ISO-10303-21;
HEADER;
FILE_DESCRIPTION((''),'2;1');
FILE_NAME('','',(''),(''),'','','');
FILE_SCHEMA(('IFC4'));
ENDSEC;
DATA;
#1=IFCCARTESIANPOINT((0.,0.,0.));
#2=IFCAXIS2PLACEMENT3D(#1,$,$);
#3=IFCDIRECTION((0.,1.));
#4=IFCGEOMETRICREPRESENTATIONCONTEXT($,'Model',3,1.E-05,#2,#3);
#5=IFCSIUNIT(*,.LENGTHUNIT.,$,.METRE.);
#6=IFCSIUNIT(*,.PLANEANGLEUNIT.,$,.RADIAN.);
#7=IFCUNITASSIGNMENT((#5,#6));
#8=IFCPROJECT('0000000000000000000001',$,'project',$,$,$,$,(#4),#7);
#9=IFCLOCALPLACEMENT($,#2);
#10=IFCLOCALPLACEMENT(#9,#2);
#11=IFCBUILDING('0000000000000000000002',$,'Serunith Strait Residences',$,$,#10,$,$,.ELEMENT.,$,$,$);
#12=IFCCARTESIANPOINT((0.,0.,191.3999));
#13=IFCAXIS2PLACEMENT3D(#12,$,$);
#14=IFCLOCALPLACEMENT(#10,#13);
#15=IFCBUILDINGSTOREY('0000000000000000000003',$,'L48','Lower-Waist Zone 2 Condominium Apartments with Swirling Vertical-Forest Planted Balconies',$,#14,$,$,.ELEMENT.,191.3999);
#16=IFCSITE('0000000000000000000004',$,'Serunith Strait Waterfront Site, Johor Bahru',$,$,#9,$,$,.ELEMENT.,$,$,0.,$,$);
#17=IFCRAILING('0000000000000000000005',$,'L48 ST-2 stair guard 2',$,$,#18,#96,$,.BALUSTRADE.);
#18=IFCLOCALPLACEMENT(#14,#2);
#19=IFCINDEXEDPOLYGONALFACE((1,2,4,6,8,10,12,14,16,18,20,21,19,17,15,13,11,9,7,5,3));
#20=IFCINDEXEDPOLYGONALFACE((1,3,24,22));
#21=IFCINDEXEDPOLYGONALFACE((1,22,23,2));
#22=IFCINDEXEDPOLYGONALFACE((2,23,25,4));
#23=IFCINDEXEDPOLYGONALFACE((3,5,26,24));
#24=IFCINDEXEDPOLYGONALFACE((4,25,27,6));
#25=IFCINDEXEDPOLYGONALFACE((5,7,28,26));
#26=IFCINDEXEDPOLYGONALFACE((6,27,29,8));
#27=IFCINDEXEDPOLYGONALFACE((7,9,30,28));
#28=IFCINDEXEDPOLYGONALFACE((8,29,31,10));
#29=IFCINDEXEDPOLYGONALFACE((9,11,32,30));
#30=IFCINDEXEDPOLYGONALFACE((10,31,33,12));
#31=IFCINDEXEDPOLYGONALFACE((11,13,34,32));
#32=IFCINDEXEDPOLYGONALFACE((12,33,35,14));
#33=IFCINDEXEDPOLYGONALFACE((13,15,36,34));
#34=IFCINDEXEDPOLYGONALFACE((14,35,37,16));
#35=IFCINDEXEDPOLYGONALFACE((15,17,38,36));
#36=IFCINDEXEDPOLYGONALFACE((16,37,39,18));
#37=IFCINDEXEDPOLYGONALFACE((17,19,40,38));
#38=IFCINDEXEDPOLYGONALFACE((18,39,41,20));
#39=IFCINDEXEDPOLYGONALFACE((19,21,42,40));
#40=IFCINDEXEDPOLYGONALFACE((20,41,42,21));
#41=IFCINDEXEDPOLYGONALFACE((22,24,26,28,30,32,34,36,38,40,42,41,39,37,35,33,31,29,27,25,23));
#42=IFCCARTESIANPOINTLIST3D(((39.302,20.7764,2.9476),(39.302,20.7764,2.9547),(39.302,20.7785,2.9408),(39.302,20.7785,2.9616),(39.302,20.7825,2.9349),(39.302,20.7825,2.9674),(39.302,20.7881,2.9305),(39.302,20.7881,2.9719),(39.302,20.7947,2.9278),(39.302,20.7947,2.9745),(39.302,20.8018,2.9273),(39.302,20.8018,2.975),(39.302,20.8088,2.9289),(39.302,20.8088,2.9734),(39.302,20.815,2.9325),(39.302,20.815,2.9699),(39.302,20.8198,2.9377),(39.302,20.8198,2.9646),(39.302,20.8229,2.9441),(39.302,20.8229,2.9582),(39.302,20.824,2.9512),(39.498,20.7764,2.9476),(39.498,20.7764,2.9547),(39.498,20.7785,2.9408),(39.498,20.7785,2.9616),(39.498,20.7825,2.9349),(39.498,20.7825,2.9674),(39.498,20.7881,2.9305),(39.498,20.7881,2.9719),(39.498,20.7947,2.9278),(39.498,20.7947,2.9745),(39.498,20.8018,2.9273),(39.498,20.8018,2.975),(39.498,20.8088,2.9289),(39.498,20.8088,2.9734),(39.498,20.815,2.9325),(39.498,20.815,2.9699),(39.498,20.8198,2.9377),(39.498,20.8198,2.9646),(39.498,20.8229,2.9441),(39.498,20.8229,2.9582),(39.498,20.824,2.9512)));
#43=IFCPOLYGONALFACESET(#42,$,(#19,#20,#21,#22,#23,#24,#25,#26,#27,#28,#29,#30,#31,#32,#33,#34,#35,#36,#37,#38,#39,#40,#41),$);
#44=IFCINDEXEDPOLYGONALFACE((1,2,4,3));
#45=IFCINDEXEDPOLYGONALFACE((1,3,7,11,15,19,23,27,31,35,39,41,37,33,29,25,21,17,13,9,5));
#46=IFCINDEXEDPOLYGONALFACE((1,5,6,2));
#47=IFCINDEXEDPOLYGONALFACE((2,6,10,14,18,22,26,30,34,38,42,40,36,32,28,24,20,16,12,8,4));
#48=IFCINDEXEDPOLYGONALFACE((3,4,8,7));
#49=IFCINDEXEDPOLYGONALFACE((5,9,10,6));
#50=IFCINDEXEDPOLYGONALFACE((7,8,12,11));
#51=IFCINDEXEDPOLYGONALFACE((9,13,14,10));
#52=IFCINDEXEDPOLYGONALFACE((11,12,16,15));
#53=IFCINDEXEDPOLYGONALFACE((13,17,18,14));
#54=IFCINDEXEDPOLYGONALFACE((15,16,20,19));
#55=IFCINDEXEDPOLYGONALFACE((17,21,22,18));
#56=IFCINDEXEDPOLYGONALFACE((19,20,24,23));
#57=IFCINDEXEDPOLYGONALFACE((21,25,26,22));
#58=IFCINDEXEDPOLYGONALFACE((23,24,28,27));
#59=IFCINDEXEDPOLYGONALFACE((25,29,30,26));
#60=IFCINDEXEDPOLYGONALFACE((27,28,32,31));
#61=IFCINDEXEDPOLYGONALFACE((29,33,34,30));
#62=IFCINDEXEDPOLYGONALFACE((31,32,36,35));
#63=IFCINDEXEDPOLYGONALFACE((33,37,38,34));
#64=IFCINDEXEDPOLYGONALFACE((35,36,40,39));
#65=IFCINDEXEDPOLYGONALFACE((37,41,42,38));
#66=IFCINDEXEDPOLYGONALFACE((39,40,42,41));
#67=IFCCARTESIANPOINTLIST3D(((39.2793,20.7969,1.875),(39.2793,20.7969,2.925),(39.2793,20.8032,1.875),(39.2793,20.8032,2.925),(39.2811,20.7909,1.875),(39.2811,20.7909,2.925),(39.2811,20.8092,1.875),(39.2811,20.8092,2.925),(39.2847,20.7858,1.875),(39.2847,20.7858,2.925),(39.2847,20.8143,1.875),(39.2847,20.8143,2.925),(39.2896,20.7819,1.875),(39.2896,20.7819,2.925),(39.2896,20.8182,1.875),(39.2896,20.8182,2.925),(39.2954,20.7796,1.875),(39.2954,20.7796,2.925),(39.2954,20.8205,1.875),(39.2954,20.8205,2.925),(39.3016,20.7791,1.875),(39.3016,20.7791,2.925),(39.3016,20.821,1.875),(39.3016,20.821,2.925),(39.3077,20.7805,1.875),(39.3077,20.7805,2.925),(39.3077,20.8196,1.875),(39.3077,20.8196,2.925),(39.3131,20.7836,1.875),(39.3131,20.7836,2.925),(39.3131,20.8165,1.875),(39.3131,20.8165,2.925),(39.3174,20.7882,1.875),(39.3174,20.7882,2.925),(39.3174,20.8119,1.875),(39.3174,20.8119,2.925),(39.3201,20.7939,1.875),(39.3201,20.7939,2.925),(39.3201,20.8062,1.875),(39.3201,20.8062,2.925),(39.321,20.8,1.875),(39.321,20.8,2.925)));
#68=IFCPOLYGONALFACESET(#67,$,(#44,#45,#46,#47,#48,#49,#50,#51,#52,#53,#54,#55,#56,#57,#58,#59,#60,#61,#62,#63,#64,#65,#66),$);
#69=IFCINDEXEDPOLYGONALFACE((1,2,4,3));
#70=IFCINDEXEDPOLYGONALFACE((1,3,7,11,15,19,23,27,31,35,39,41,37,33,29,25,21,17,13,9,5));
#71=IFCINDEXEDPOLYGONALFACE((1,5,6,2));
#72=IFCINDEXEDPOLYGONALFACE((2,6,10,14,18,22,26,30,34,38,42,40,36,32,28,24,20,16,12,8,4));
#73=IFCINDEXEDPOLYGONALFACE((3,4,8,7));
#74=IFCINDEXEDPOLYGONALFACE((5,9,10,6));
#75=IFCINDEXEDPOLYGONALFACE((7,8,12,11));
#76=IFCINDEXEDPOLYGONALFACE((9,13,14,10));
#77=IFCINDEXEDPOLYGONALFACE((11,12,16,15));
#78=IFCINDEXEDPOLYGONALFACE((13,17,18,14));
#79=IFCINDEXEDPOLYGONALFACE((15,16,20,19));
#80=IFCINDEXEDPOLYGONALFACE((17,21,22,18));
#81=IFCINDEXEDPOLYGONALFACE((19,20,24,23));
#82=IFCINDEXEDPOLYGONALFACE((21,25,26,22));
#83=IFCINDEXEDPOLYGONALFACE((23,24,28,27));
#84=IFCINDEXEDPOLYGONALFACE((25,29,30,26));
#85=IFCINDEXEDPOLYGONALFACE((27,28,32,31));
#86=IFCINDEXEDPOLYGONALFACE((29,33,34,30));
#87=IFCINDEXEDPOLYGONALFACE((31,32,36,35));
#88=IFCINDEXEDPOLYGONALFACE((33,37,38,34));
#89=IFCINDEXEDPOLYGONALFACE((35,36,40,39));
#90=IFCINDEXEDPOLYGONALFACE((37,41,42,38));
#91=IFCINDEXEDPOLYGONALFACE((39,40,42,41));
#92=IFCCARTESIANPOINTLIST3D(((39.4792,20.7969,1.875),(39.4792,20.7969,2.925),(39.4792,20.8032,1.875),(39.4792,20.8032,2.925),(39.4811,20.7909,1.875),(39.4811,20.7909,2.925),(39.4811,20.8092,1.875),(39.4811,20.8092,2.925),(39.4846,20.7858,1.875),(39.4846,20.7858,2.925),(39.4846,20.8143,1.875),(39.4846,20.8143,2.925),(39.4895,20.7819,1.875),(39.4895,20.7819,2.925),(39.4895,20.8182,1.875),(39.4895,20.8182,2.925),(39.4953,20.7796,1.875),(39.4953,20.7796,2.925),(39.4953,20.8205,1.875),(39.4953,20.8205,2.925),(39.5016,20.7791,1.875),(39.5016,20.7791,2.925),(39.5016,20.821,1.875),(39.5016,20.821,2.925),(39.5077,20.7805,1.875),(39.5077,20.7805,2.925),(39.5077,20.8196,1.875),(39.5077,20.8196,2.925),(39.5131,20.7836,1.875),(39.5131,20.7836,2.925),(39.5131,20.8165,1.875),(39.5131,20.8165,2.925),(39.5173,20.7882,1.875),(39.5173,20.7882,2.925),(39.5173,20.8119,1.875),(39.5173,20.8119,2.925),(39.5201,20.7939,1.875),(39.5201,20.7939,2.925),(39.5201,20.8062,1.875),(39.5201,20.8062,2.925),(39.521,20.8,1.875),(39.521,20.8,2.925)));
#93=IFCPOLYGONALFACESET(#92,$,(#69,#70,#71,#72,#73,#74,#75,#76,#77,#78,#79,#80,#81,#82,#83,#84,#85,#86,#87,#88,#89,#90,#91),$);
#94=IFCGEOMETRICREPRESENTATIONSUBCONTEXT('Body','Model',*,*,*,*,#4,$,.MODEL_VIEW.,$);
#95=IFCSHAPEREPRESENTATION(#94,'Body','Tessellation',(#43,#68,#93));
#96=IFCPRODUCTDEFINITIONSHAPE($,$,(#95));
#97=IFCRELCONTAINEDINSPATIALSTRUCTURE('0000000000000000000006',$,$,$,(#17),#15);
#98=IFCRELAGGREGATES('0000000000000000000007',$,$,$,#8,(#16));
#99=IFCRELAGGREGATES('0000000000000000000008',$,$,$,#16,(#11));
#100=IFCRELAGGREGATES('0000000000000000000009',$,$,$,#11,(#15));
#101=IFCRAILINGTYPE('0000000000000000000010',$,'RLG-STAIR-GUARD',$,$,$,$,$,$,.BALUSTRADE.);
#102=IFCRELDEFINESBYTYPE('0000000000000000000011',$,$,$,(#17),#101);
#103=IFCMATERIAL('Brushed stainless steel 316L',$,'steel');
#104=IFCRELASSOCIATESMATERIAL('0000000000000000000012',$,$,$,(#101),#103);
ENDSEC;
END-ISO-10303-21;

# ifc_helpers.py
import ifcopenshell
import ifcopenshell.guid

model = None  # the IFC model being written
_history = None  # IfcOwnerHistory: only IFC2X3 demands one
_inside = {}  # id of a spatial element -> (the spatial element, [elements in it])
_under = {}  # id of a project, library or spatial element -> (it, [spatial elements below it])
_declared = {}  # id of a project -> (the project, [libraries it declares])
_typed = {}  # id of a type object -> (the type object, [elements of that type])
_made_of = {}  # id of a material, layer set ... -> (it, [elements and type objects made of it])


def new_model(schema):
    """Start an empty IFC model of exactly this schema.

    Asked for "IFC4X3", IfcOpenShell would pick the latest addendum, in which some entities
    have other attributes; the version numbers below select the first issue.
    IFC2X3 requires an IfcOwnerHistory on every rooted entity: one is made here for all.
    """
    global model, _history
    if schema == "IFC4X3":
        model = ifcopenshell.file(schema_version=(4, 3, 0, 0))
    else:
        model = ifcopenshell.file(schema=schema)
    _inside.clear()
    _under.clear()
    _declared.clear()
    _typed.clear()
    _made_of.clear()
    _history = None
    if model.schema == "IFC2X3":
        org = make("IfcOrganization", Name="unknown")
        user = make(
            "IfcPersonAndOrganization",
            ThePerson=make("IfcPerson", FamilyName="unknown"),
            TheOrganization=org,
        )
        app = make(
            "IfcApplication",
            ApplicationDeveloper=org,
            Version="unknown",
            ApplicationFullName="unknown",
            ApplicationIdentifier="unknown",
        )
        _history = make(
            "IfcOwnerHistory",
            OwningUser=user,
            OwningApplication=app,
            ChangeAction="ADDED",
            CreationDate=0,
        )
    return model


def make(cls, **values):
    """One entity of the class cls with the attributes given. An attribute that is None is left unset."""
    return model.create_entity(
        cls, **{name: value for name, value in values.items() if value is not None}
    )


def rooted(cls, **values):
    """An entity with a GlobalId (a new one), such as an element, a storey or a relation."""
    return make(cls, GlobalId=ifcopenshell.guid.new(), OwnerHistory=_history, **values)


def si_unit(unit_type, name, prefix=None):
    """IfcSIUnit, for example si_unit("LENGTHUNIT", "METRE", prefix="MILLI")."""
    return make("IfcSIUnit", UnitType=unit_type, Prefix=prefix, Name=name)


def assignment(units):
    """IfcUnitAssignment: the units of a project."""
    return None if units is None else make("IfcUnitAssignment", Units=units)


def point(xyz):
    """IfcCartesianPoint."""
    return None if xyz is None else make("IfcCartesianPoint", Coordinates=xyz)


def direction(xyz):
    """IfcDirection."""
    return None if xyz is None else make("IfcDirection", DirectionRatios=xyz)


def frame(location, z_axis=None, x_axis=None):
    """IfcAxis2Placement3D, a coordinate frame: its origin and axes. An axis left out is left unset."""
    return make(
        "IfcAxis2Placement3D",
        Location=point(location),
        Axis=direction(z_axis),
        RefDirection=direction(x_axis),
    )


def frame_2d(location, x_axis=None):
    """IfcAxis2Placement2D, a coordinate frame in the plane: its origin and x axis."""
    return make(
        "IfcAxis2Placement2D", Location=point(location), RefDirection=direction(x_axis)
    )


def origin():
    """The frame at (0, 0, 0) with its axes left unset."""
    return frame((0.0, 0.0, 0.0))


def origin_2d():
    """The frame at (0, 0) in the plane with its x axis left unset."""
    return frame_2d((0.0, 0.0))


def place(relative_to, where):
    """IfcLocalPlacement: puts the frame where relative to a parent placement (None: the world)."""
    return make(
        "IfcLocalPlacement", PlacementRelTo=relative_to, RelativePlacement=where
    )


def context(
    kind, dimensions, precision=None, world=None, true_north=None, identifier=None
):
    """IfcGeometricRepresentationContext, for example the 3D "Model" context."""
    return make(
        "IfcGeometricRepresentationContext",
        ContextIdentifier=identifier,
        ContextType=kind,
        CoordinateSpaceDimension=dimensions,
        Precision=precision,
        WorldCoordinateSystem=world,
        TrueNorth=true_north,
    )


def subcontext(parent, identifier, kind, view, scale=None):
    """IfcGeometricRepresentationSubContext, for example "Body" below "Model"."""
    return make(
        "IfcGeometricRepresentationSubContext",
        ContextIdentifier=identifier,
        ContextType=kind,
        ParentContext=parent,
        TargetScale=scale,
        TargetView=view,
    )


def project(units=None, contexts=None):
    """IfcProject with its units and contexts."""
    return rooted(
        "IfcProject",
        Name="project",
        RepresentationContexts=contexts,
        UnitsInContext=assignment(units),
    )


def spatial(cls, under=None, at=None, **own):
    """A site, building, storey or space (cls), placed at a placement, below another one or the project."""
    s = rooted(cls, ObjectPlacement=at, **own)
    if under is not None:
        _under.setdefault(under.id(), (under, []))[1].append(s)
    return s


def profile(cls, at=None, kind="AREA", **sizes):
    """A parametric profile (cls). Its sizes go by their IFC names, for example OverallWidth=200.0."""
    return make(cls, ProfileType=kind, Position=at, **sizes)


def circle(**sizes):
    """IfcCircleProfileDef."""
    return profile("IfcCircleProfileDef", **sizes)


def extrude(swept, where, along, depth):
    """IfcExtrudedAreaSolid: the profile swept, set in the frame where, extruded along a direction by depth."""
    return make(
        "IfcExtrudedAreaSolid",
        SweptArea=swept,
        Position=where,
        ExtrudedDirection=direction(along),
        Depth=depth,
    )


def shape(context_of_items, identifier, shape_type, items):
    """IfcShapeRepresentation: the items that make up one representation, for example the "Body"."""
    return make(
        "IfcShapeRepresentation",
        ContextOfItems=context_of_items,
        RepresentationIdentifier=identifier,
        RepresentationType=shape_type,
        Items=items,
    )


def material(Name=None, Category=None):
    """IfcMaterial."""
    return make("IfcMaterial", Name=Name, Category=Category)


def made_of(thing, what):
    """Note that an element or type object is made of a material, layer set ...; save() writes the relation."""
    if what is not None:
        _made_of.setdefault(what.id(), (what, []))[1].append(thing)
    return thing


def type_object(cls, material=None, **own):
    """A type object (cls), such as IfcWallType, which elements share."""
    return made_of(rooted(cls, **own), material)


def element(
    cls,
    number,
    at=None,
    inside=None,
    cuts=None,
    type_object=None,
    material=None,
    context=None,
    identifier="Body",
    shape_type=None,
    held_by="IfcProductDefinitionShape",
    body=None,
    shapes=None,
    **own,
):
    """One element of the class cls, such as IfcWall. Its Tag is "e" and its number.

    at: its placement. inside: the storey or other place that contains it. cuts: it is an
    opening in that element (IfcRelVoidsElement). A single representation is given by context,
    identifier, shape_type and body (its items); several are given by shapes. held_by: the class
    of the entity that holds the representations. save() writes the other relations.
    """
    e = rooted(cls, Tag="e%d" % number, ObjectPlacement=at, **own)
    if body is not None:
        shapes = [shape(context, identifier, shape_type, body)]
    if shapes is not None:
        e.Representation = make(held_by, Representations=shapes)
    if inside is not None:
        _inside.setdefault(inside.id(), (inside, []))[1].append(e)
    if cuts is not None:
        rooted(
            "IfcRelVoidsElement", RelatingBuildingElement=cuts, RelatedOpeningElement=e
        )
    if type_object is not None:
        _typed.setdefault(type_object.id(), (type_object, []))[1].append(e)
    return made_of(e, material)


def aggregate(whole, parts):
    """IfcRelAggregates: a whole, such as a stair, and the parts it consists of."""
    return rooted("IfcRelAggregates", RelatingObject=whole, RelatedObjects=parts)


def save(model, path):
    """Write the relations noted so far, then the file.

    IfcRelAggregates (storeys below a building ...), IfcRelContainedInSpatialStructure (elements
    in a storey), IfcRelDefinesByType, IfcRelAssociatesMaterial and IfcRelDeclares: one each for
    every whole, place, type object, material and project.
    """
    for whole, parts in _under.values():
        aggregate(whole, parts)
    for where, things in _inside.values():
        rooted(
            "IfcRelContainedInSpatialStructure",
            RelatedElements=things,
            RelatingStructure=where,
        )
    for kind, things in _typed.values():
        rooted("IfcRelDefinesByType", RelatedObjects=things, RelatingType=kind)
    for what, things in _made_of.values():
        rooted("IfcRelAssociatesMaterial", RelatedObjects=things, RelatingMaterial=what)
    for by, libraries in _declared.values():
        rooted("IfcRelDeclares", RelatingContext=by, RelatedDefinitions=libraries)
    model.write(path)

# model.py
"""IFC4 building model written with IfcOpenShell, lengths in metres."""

from ifc_helpers import new_model, si_unit, direction, frame, origin, origin_2d, place, context, subcontext, project, spatial, circle, extrude, material, type_object, element, save


model = new_model("IFC4")

# Units and contexts
model_context = context("Model", 3, precision=1e-05, world=origin(), true_north=direction((0.0, 1.0)))
body_context = subcontext(model_context, "Body", "Model", "MODEL_VIEW")
ifc_project = project(units=[si_unit("LENGTHUNIT", "METRE"), si_unit("PLANEANGLEUNIT", "RADIAN")], contexts=[model_context])

# Site, building, storey
site_placement = place(None, origin())
site = spatial("IfcSite", under=ifc_project, at=site_placement, Name="Serunith Strait Waterfront Site, Johor Bahru", CompositionType="ELEMENT", RefElevation=0.0)
building_placement = place(site_placement, origin())
building = spatial("IfcBuilding", under=site, at=building_placement, Name="Serunith Strait Residences", CompositionType="ELEMENT")
storey_placement = place(building_placement, frame((0.0, 0.0, 191.3999)))
storey = spatial("IfcBuildingStorey", under=building, at=storey_placement, Name="L48", Description="Lower-Waist Zone 2 Condominium Apartments with Swirling Vertical-Forest Planted Balconies", CompositionType="ELEMENT", Elevation=191.3999)

# Railing
ifc_material_1 = material(Name="Brushed stainless steel 316L", Category="steel")
railing_type_1 = type_object("IfcRailingType", Name="RLG-STAIR-GUARD", PredefinedType="BALUSTRADE", material=ifc_material_1)
railing_1_placement = place(storey_placement, frame((39.3, 20.8, 1.875)))
element("IfcRailing", 1, at=railing_1_placement, inside=storey, type_object=railing_type_1, Name="L48 ST-2 stair guard 2", PredefinedType="BALUSTRADE", context=body_context, shape_type="SweptSolid", body=[
    extrude(circle(Radius=0.0239, at=origin_2d()), frame((0.002, 0.0, 1.0762), z_axis=(1.0, 0.0, 0.0), x_axis=(0.0, 1.0, 0.0)), (0.0, 0.0, 1.0), 0.196),
    extrude(circle(Radius=0.021, at=origin_2d()), origin(), (0.0, 0.0, 1.0), 1.05),
    extrude(circle(Radius=0.021, at=origin_2d()), frame((0.2, 0.0, 0.0)), (0.0, 0.0, 1.0), 1.05),
])

save(model, "model.ifc")
